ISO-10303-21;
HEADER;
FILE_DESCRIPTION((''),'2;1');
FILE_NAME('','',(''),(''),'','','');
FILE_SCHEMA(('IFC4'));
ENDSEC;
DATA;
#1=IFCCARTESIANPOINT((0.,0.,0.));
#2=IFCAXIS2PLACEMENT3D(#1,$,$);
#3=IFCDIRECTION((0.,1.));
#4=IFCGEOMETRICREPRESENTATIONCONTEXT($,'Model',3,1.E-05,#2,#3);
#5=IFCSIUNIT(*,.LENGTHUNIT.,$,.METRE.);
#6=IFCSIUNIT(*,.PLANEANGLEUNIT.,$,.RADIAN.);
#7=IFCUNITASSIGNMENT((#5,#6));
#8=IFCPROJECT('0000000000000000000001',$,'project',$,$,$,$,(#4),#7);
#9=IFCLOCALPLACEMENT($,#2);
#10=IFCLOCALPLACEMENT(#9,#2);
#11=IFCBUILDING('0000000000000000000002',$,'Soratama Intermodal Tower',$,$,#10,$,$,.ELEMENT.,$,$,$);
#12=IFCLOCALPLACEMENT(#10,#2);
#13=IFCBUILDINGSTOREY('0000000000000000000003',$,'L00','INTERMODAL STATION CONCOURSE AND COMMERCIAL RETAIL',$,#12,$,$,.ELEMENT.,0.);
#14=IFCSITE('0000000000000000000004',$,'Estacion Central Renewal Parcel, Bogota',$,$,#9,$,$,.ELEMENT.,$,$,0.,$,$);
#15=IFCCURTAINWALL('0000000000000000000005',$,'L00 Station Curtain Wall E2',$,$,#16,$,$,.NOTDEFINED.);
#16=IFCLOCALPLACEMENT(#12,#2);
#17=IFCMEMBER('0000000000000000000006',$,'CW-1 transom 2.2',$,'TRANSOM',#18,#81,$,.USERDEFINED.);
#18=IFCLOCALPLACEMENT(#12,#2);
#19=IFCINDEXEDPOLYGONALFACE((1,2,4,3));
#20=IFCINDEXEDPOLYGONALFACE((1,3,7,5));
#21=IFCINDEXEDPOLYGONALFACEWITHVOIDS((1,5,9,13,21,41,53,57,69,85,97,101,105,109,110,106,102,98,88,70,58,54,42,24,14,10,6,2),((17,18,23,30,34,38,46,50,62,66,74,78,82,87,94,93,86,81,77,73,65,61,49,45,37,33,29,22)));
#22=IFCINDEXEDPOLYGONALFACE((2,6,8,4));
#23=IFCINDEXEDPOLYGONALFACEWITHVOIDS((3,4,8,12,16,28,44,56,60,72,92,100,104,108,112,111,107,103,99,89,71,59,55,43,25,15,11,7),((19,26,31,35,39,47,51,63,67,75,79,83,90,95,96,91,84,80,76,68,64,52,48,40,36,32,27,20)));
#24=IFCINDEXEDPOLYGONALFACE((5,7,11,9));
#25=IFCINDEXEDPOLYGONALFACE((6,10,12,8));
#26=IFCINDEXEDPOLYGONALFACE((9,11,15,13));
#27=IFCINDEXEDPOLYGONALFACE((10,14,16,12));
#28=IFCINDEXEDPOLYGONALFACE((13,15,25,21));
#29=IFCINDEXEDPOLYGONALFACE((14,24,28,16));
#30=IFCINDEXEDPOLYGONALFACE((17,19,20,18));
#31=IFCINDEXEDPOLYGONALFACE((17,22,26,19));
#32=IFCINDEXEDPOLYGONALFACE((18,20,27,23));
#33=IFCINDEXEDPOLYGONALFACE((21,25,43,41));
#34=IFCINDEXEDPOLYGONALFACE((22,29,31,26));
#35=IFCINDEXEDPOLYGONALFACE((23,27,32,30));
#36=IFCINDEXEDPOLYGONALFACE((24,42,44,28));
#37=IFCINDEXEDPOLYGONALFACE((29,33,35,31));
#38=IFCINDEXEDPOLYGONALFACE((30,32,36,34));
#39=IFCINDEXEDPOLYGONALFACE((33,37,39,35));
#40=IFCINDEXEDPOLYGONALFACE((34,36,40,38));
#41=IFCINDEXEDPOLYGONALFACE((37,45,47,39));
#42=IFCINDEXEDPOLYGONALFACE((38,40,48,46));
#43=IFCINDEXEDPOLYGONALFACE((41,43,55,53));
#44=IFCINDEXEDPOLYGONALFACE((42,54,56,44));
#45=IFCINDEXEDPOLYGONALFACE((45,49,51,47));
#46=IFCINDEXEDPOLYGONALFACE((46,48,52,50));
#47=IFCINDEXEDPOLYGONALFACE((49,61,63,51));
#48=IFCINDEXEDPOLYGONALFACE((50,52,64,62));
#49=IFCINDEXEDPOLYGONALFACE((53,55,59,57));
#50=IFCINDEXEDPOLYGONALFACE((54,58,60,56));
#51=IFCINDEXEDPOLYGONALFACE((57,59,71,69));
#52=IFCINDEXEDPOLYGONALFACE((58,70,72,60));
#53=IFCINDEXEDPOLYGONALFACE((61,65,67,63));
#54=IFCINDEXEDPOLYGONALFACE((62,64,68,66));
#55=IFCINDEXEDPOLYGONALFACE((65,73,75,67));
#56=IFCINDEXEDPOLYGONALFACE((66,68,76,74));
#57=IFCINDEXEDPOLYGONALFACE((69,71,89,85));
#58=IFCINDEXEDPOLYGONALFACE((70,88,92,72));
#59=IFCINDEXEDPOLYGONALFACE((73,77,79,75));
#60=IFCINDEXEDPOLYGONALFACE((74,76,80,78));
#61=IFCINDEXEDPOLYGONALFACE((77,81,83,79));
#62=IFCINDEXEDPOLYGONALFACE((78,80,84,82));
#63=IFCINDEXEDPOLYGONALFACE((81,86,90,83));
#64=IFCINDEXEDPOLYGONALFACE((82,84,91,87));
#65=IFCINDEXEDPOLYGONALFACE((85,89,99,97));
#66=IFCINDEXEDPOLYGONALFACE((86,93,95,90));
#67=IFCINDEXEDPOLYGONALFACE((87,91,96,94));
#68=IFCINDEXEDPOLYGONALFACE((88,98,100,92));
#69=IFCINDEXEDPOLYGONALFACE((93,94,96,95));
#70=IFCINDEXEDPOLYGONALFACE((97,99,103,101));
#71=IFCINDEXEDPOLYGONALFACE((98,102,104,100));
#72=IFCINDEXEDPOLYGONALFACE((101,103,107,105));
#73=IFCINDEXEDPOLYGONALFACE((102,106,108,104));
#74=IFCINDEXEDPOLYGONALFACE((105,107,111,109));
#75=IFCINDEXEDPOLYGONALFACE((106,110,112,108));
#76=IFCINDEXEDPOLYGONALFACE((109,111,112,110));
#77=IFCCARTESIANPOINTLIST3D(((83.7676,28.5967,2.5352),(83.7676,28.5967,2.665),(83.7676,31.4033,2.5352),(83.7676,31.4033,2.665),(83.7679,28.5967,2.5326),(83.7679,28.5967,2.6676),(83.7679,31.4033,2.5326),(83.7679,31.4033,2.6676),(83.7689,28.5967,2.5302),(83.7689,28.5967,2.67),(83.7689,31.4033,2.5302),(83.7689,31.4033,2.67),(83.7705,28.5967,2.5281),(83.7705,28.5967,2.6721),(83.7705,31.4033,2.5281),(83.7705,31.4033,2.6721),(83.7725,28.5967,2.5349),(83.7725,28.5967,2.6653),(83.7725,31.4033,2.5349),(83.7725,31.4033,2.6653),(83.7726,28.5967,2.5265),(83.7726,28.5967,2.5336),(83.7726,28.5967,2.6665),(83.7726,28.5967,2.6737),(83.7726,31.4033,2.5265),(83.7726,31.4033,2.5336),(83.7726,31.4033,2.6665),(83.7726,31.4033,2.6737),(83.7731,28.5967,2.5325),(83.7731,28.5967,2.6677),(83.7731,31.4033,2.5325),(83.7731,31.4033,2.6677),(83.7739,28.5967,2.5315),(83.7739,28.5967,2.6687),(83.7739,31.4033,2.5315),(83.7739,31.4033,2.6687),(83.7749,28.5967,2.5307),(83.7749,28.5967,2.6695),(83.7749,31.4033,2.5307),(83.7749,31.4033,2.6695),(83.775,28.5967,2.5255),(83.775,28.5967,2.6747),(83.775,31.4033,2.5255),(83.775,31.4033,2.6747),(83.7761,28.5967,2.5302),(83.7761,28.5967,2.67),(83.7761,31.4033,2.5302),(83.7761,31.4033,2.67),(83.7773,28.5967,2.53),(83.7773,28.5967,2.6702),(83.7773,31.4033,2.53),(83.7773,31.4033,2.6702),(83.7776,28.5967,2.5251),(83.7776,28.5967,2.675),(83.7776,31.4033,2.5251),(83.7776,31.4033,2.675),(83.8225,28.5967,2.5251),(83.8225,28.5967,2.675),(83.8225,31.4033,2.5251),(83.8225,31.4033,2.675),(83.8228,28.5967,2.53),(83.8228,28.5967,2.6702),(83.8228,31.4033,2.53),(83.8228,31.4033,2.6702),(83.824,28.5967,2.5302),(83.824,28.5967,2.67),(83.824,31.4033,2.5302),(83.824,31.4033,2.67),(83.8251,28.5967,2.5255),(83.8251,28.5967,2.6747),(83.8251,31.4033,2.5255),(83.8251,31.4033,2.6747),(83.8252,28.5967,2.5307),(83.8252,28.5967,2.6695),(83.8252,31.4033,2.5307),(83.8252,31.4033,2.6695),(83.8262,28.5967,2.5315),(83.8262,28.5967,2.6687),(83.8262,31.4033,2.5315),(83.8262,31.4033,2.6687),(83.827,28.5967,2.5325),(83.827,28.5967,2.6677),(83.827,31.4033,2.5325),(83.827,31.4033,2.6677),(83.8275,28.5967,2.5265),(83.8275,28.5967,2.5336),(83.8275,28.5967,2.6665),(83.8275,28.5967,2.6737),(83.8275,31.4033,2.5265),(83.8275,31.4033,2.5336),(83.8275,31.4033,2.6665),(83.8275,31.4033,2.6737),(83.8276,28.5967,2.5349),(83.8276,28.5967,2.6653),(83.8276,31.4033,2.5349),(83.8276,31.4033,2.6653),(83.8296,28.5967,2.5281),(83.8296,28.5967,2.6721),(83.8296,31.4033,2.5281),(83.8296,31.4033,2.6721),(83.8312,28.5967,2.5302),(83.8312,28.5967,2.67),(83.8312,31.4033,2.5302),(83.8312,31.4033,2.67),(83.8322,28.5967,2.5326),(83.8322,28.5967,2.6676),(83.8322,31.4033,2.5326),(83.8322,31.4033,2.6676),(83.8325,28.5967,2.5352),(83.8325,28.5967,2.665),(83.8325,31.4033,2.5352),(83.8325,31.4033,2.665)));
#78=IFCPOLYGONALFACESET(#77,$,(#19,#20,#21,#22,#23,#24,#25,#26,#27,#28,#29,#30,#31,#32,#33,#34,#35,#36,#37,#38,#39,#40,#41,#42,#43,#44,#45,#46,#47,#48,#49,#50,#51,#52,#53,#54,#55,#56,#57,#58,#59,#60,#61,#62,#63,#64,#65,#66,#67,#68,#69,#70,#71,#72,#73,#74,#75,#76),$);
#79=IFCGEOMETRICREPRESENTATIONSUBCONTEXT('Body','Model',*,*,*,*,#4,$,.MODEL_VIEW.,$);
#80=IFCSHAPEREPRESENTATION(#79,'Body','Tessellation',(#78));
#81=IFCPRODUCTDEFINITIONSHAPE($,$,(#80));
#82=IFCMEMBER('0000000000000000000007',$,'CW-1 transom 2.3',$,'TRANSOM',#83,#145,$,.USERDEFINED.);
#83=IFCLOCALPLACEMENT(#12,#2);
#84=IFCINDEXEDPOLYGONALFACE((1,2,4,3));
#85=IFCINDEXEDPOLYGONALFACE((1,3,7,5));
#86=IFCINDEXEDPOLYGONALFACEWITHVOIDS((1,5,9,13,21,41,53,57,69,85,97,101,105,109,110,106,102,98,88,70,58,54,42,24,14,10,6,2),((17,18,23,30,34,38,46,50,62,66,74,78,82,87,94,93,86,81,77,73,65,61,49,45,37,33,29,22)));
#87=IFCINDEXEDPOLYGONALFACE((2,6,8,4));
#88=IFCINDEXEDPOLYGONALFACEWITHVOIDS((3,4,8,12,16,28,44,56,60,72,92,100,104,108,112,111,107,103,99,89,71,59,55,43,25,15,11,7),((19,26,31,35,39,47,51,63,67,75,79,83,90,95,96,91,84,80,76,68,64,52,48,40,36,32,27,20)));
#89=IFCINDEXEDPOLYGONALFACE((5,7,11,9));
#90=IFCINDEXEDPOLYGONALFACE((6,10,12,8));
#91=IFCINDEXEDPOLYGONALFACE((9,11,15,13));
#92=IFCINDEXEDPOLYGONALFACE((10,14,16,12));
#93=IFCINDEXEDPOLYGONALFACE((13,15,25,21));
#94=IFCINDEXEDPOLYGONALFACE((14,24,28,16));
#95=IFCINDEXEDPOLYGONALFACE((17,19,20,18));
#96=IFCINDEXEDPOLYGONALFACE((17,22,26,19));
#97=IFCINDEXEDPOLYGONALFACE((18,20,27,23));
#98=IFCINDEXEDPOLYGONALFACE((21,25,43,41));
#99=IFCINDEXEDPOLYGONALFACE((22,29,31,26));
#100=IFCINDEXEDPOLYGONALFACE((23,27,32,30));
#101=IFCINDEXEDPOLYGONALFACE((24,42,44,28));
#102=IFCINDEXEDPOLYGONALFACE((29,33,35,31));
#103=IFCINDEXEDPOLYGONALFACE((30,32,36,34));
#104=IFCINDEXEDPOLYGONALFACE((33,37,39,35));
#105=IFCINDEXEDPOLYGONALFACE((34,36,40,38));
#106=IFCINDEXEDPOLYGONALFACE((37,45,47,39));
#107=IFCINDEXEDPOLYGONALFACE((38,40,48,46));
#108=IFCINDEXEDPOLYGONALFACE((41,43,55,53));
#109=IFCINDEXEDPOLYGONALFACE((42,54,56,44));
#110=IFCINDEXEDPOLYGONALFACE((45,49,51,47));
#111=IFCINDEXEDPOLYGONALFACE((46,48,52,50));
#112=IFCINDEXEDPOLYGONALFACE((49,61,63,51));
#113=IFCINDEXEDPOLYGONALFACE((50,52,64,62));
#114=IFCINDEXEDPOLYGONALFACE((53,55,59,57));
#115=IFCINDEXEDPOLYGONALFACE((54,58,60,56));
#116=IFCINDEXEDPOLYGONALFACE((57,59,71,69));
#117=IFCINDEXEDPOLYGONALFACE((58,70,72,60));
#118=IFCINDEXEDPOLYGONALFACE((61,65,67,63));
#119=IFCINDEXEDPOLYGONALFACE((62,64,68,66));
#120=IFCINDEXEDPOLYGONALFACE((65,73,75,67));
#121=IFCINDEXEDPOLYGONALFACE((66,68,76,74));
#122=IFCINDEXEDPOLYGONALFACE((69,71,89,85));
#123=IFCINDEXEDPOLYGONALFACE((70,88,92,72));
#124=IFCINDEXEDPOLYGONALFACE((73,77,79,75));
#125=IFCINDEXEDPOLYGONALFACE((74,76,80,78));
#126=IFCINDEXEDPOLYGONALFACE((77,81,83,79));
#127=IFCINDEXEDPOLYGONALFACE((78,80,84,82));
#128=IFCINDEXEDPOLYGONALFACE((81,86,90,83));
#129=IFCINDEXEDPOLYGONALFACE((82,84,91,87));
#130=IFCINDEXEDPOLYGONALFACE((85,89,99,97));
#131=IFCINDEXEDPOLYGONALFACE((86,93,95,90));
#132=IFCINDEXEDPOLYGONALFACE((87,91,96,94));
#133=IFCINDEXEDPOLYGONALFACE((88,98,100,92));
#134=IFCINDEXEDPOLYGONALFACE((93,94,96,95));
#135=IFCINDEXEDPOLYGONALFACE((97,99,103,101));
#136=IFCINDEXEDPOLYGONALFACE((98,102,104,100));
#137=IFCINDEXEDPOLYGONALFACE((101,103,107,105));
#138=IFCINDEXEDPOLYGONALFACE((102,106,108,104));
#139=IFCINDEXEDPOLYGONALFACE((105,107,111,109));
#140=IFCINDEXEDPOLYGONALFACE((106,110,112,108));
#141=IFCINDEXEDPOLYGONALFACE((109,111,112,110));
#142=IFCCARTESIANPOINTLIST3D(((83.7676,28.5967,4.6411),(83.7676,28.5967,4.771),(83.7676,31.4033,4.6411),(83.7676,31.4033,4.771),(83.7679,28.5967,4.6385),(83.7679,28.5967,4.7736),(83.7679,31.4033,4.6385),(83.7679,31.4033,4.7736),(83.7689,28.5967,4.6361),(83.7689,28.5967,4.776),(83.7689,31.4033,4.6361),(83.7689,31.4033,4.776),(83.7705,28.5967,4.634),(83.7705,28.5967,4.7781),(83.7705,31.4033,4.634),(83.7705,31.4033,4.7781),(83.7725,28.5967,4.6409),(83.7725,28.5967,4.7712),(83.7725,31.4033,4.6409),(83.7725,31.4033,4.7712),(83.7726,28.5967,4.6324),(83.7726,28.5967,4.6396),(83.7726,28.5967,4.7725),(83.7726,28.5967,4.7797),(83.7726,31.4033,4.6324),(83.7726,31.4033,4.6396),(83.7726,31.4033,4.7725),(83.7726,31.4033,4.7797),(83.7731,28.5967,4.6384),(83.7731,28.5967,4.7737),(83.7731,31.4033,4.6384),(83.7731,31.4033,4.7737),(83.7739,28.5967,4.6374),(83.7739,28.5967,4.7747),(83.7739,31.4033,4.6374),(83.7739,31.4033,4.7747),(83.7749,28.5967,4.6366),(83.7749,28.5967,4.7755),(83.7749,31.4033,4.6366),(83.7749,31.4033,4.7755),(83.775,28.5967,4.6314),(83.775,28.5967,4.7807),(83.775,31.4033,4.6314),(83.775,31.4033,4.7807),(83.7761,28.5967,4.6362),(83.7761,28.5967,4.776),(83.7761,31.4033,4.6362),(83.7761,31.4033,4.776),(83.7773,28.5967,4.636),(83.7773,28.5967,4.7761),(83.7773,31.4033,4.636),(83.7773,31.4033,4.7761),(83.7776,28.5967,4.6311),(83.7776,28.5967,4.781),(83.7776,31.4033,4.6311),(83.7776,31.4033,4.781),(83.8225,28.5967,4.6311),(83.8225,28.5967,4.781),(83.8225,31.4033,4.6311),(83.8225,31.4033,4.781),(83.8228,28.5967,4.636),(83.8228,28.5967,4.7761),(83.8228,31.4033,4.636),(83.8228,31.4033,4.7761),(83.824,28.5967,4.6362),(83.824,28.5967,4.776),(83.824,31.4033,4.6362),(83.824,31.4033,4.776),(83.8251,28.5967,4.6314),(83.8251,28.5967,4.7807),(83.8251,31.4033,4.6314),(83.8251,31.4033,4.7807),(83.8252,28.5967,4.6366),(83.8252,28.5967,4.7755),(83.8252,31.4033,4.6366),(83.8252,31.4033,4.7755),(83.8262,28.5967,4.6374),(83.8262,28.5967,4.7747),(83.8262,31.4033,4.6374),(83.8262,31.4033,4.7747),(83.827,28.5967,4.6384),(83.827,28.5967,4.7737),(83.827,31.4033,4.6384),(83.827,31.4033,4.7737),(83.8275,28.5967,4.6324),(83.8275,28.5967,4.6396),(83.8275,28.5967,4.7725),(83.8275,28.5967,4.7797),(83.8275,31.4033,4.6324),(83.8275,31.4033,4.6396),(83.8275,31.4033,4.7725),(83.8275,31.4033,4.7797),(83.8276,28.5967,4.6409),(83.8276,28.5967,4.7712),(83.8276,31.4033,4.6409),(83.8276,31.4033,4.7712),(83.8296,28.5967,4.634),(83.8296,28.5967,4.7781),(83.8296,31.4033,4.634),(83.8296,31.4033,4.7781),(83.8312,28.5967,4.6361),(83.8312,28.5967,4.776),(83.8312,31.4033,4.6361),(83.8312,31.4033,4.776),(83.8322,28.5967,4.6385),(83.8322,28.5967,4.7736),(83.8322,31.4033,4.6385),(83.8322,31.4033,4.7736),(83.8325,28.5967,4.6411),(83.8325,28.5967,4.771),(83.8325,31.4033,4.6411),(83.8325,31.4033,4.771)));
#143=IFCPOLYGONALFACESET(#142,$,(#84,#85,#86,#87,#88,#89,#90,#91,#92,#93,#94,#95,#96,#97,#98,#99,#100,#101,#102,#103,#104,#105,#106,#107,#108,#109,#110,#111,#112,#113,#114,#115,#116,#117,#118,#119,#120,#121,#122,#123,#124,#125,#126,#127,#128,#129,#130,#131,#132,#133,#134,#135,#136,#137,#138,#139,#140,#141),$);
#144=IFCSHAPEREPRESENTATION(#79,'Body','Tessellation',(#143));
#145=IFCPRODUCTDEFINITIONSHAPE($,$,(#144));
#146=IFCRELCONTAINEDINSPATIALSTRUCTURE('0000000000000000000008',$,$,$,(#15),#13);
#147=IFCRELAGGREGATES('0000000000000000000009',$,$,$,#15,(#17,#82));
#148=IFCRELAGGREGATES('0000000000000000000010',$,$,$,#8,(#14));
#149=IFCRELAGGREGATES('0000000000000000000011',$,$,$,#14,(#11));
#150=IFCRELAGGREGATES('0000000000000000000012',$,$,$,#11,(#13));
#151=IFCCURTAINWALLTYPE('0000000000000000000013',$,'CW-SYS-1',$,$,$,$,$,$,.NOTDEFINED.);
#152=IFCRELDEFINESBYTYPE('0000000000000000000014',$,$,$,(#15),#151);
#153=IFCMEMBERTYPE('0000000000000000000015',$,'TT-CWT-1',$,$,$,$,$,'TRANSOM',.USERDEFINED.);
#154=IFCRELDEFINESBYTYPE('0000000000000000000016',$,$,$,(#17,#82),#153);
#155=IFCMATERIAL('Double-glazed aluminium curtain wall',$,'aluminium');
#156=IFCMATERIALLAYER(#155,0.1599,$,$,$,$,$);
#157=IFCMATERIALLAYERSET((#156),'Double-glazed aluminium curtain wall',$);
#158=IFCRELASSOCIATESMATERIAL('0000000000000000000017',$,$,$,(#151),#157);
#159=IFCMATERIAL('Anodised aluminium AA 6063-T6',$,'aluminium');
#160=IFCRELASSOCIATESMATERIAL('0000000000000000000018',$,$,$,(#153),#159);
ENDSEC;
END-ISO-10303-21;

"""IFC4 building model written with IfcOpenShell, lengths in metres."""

from ifc_helpers import new_model, si_unit, direction, frame, origin, origin_2d, place, context, subcontext, project, spatial, hollow_rectangle, extrude, material, layer, layer_set, material_profile, profile_set, type_object, element, aggregate, save


model = new_model("IFC4")

# Units and contexts
model_context = context("Model", 3, precision=1e-05, world=origin(), true_north=direction((0.0, 1.0)))
body_context = subcontext(model_context, "Body", "Model", "MODEL_VIEW")
ifc_project = project(units=[si_unit("LENGTHUNIT", "METRE"), si_unit("PLANEANGLEUNIT", "RADIAN")], contexts=[model_context])

# Site, building, storey
site_placement = place(None, origin())
site = spatial("IfcSite", under=ifc_project, at=site_placement, Name="Estacion Central Renewal Parcel, Bogota", CompositionType="ELEMENT", RefElevation=0.0)
building_placement = place(site_placement, origin())
building = spatial("IfcBuilding", under=site, at=building_placement, Name="Soratama Intermodal Tower", CompositionType="ELEMENT")
storey_placement = place(building_placement, origin())
storey = spatial("IfcBuildingStorey", under=building, at=storey_placement, Name="L00", Description="INTERMODAL STATION CONCOURSE AND COMMERCIAL RETAIL", CompositionType="ELEMENT", Elevation=0.0)

# Curtain wall, members
ifc_material_1 = material(Name="Double-glazed aluminium curtain wall", Category="aluminium")
ifc_layer_1 = layer(ifc_material_1, 0.1599)
ifc_layer_set_1 = layer_set([ifc_layer_1], Name="Double-glazed aluminium curtain wall")
curtain_wall_type = type_object("IfcCurtainWallType", Name="CW-SYS-1", PredefinedType="NOTDEFINED", material=ifc_layer_set_1)
curtain_wall_placement = place(storey_placement, origin())
curtain_wall = element("IfcCurtainWall", 1, at=curtain_wall_placement, inside=storey, type_object=curtain_wall_type, Name="L00 Station Curtain Wall E2", PredefinedType="NOTDEFINED")
ifc_material_2 = material(Name="Anodised aluminium AA 6063-T6", Category="aluminium")
ifc_material_profile_1 = material_profile(ifc_material_2, hollow_rectangle(XDim=0.0649, YDim=0.1499, WallThickness=0.0049, InnerFilletRadius=0.0049, OuterFilletRadius=0.01, at=origin_2d()), Name="CWT150X65X5")
ifc_profile_set_1 = profile_set([ifc_material_profile_1], Name="Anodised aluminium AA 6063-T6")
member_type_1 = type_object("IfcMemberType", Name="TT-CWT-1", ElementType="TRANSOM", PredefinedType="USERDEFINED", material=ifc_profile_set_1)
member_1_placement = place(storey_placement, frame((83.8, 28.5967, 2.6001), z_axis=(0.0, 1.0, 0.0), x_axis=(-1.0, 0.0, 0.0)))
member_1 = element("IfcMember", 2, at=member_1_placement, type_object=member_type_1, Name="CW-1 transom 2.2", ObjectType="TRANSOM", PredefinedType="USERDEFINED", context=body_context, shape_type="SweptSolid", body=[
    extrude(hollow_rectangle(XDim=0.0649, YDim=0.1499, WallThickness=0.0049, InnerFilletRadius=0.0049, OuterFilletRadius=0.01, at=origin_2d()), origin(), (0.0, 0.0, 1.0), 2.8066),
])
member_2_placement = place(storey_placement, frame((83.8, 28.5967, 4.7061), z_axis=(0.0, 1.0, 0.0), x_axis=(-1.0, 0.0, 0.0)))
member_2 = element("IfcMember", 3, at=member_2_placement, type_object=member_type_1, Name="CW-1 transom 2.3", ObjectType="TRANSOM", PredefinedType="USERDEFINED", context=body_context, shape_type="SweptSolid", body=[
    extrude(hollow_rectangle(XDim=0.0649, YDim=0.1499, WallThickness=0.0049, InnerFilletRadius=0.0049, OuterFilletRadius=0.01, at=origin_2d()), origin(), (0.0, 0.0, 1.0), 2.8066),
])
aggregate(curtain_wall, [member_1, member_2])

save(model, "model.ifc")
